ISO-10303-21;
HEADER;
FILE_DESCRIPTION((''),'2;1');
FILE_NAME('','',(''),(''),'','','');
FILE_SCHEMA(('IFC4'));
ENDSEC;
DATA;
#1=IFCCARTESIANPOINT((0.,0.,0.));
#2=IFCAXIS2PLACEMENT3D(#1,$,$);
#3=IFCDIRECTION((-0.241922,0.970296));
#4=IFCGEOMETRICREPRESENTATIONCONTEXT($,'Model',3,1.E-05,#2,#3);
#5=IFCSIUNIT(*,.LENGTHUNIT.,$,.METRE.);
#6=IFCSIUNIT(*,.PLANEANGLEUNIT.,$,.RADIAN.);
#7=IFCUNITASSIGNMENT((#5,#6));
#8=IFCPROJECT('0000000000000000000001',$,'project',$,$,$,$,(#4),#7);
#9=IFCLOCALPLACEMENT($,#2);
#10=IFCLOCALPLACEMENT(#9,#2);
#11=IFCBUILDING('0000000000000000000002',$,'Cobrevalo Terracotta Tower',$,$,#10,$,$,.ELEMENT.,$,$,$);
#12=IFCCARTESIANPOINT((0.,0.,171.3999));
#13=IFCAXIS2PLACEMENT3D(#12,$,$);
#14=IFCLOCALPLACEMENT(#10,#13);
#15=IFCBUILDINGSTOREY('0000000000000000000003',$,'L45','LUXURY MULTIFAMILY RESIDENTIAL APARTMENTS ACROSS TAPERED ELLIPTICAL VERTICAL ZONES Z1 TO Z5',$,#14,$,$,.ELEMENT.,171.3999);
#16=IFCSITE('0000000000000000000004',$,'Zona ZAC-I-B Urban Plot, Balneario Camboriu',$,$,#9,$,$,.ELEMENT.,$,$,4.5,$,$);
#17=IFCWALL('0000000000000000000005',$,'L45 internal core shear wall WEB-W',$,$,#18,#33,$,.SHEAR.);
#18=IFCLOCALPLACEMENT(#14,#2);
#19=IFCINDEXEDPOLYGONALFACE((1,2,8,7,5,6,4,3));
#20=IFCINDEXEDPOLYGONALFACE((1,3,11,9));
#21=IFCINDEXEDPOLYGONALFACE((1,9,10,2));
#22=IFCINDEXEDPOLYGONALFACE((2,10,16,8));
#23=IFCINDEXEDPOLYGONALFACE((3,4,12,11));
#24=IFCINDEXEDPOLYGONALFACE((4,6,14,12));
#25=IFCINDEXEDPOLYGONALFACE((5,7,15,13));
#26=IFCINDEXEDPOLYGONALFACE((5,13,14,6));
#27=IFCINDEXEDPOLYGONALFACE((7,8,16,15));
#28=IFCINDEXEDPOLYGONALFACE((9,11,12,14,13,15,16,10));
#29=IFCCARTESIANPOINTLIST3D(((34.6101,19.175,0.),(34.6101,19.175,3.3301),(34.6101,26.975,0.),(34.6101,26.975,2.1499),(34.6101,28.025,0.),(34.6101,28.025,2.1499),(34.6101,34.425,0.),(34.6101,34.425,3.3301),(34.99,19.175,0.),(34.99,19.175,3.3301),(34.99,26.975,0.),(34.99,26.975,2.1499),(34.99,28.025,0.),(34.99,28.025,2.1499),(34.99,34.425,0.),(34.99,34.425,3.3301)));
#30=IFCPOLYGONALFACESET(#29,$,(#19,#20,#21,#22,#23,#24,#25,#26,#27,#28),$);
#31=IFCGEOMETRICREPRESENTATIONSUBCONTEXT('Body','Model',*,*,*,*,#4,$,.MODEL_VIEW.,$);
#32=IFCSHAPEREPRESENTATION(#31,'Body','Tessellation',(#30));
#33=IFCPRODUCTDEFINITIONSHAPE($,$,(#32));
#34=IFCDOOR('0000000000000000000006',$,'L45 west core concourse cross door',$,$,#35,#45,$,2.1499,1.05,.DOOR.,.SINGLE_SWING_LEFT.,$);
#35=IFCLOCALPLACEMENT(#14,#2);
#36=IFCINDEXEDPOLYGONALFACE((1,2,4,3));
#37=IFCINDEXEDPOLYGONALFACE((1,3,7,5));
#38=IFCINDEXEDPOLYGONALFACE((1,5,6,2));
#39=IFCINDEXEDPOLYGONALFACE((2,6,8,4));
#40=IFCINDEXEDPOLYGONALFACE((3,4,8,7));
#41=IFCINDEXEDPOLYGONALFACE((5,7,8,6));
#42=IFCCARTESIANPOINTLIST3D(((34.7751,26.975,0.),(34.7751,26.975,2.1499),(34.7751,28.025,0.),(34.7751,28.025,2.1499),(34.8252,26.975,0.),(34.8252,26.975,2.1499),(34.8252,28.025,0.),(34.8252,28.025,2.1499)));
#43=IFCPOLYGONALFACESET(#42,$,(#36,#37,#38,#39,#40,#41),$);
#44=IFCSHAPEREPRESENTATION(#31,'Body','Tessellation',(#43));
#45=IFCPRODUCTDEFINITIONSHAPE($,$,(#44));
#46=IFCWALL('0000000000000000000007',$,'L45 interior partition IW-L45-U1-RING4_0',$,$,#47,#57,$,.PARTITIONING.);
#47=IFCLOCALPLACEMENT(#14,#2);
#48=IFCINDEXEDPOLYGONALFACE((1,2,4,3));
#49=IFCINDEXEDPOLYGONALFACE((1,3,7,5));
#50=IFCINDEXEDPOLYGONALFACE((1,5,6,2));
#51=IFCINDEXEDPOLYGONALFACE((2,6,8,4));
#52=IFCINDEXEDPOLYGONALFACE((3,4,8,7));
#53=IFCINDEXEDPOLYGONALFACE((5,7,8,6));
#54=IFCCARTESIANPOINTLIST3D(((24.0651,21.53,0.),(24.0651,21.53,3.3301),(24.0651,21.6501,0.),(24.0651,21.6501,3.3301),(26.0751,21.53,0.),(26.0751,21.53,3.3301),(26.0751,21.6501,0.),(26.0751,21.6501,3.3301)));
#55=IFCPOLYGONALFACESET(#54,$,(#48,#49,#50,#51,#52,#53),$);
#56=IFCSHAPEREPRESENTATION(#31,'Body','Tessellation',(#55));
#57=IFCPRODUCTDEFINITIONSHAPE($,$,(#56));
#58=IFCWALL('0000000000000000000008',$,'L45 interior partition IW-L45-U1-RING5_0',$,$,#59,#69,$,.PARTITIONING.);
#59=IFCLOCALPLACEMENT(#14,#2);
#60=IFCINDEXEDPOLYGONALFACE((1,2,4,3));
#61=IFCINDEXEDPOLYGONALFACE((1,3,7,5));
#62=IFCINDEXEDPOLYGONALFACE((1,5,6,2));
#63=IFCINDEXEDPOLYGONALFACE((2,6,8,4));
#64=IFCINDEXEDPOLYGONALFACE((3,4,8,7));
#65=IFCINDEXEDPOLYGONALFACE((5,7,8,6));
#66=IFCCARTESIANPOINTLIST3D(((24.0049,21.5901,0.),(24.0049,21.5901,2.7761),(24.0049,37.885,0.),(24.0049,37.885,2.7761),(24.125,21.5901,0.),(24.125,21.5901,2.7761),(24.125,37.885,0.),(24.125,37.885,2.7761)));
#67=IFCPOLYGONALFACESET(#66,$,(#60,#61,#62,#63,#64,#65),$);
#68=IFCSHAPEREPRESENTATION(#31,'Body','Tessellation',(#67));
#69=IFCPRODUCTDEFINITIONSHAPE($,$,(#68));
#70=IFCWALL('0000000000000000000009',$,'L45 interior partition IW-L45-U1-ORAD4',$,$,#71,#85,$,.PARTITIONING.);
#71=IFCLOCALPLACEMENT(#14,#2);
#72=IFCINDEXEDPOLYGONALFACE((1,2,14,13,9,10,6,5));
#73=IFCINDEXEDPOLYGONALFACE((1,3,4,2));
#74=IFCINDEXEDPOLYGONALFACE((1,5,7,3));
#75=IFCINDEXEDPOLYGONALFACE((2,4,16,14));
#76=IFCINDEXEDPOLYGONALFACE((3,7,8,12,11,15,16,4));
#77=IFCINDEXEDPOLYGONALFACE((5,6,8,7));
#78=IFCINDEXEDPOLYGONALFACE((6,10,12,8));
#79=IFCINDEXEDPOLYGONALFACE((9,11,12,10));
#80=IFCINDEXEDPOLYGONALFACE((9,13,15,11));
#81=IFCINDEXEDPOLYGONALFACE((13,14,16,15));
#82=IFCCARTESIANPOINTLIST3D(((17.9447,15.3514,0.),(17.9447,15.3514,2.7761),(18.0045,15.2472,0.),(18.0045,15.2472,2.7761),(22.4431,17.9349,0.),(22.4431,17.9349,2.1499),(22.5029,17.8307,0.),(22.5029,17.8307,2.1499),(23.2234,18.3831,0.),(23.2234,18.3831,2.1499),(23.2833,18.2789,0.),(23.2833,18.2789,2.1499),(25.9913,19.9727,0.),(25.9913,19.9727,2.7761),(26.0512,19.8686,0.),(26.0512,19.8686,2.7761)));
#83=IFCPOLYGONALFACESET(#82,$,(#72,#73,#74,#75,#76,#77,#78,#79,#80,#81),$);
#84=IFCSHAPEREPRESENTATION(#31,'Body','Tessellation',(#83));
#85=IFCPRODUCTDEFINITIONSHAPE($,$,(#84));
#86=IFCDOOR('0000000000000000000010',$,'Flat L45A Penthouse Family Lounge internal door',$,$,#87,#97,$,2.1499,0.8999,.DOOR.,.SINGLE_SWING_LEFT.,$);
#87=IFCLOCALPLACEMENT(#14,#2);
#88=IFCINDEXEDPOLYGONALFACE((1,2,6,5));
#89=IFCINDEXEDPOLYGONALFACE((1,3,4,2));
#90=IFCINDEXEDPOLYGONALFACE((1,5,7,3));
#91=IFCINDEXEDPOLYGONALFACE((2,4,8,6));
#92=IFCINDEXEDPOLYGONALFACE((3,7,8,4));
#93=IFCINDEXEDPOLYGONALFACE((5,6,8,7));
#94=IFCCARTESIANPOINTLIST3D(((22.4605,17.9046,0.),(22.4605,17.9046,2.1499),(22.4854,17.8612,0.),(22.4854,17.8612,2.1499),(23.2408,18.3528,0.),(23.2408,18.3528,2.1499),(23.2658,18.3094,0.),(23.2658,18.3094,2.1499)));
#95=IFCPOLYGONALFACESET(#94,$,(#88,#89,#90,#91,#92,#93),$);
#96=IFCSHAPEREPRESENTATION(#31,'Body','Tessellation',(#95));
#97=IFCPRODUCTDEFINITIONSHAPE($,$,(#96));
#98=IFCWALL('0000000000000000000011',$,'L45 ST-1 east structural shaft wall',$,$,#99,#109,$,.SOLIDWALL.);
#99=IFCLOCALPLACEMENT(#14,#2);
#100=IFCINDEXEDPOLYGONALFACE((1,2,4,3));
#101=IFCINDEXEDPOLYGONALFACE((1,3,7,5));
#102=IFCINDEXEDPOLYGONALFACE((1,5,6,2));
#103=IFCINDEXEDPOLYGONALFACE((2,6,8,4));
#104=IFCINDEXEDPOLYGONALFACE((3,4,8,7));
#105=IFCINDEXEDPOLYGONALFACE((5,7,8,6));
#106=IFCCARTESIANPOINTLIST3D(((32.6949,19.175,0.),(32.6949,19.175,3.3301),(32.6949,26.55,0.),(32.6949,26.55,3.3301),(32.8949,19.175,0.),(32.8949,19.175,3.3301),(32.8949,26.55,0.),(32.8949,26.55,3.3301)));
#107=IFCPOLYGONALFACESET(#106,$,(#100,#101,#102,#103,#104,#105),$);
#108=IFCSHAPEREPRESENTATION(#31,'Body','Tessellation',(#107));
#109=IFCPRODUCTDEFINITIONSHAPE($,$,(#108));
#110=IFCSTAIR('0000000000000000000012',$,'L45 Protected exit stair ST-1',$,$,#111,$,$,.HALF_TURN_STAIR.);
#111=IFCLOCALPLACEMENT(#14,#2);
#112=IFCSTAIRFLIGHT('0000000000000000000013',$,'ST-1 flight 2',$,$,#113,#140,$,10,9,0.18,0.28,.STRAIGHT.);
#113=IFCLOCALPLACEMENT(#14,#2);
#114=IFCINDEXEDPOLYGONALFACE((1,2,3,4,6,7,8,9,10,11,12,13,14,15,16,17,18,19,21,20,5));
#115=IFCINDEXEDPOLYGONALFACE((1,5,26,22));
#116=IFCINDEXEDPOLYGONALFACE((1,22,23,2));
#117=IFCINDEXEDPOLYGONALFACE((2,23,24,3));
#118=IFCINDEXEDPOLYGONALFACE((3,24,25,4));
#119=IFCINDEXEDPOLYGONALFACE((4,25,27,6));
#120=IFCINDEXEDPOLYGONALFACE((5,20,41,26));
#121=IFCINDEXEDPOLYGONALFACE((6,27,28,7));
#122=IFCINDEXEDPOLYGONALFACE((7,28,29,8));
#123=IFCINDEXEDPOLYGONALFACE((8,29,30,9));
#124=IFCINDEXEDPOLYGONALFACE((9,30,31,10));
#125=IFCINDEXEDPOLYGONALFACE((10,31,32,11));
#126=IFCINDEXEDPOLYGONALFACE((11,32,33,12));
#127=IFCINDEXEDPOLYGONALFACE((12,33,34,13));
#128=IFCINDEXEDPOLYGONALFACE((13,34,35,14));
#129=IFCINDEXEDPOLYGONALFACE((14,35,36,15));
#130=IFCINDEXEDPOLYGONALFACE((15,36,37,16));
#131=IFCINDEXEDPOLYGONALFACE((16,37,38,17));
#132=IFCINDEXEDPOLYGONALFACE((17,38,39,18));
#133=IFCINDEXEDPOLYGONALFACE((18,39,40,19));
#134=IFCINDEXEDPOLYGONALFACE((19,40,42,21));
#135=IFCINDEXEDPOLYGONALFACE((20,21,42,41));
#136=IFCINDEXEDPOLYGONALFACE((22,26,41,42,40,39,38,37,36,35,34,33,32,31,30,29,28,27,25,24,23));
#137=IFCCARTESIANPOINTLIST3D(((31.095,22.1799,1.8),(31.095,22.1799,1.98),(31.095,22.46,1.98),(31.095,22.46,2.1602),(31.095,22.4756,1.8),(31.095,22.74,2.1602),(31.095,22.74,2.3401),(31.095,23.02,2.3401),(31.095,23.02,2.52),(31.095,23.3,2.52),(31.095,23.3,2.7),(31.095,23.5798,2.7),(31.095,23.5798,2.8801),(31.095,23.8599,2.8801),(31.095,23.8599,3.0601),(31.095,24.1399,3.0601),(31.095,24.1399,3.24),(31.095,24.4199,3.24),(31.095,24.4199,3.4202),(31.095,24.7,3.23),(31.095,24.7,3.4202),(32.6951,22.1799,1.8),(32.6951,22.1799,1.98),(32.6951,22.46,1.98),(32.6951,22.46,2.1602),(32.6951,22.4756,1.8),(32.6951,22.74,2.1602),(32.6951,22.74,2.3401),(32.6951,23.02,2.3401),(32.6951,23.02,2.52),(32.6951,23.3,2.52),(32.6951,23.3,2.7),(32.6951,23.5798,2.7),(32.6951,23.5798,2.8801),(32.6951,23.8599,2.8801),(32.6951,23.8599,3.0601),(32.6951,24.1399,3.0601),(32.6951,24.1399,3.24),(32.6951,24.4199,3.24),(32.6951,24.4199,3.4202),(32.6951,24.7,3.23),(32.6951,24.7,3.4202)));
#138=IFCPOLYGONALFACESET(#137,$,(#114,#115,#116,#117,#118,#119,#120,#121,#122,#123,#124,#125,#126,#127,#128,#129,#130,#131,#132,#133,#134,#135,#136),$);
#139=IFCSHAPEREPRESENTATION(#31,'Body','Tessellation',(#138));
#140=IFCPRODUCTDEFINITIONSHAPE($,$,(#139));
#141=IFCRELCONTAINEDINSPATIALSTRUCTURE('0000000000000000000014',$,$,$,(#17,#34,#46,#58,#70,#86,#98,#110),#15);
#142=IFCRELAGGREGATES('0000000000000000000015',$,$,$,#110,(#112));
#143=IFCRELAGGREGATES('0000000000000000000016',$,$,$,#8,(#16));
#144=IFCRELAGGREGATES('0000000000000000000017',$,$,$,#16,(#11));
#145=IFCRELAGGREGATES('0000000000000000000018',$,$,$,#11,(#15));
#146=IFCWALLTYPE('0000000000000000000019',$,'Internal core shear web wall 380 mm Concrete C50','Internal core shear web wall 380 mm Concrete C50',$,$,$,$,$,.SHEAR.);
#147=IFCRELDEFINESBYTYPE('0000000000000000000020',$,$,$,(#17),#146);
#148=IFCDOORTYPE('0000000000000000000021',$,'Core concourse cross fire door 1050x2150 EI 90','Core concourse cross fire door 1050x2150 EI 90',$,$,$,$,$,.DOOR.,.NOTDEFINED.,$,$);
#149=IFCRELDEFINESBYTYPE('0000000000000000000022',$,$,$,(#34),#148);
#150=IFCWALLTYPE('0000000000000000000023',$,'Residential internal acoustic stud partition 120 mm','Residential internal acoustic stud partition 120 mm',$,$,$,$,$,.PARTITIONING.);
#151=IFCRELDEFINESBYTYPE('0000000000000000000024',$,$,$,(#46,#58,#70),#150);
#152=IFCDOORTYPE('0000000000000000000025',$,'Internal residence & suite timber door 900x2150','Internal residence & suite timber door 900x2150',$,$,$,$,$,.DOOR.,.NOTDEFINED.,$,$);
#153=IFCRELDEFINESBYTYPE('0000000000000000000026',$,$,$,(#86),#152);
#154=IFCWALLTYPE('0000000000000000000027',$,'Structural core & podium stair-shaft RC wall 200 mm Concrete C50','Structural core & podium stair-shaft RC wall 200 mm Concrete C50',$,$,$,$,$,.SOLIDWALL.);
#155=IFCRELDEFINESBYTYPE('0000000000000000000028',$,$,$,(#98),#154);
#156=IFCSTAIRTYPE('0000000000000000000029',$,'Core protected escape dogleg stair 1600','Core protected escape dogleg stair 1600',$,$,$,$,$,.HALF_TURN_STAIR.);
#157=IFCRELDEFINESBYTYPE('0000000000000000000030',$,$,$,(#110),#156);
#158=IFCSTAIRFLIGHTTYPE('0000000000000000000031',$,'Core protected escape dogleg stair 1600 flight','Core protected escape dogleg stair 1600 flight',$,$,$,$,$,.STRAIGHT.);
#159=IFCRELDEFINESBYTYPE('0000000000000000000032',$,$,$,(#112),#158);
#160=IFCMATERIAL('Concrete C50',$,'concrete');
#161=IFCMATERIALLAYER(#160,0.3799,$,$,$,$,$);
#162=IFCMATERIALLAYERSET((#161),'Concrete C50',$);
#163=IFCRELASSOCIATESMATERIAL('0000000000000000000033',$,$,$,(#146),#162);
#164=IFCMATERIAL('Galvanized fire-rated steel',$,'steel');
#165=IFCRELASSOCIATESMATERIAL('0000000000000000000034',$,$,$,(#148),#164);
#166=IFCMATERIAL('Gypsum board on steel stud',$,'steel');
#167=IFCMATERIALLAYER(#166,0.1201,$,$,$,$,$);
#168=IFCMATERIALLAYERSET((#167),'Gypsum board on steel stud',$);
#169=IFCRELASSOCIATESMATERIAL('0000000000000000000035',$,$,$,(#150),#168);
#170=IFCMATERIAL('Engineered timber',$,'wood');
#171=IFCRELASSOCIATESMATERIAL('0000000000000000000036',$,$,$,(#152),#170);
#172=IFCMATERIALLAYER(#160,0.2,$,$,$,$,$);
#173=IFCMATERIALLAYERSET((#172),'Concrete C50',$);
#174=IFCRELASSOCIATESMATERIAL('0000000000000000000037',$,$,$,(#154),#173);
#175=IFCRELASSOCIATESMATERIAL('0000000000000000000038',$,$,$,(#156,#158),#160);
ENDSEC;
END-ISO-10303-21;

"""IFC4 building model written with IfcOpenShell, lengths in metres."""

from ifc_helpers import new_model, si_unit, direction, frame, frame_2d, origin, place, context, subcontext, project, spatial, polyline, rectangle, outline, extrude, source, transform, mapped, material, layer, layer_set, type_object, element, fill, aggregate, save


model = new_model("IFC4")

# Units and contexts
model_context = context("Model", 3, precision=1e-05, world=origin(), true_north=direction((-0.241922, 0.970296)))
body_context = subcontext(model_context, "Body", "Model", "MODEL_VIEW")
ifc_project = project(units=[si_unit("LENGTHUNIT", "METRE"), si_unit("PLANEANGLEUNIT", "RADIAN")], contexts=[model_context])

# Site, building, storey
site_placement = place(None, origin())
site = spatial("IfcSite", under=ifc_project, at=site_placement, Name="Zona ZAC-I-B Urban Plot, Balneario Camboriu", CompositionType="ELEMENT", RefElevation=4.5)
building_placement = place(site_placement, origin())
building = spatial("IfcBuilding", under=site, at=building_placement, Name="Cobrevalo Terracotta Tower", CompositionType="ELEMENT")
storey_placement = place(building_placement, frame((0.0, 0.0, 171.3999)))
storey = spatial("IfcBuildingStorey", under=building, at=storey_placement, Name="L45", Description="LUXURY MULTIFAMILY RESIDENTIAL APARTMENTS ACROSS TAPERED ELLIPTICAL VERTICAL ZONES Z1 TO Z5", CompositionType="ELEMENT", Elevation=171.3999)

# Wall, opening, door
ifc_material_1 = material(Name="Galvanized fire-rated steel", Category="steel")
ifc_material_2 = material(Name="Concrete C50", Category="concrete")
ifc_layer_1 = layer(ifc_material_2, 0.3799)
ifc_layer_set_1 = layer_set([ifc_layer_1], Name="Concrete C50")
wall_type_1 = type_object("IfcWallType", Name="Internal core shear web wall 380 mm Concrete C50", Description="Internal core shear web wall 380 mm Concrete C50", PredefinedType="SHEAR", material=ifc_layer_set_1)
wall_1_placement = place(storey_placement, frame((34.8, 19.175, 0.0), z_axis=(0.0, 0.0, 1.0), x_axis=(0.0, 1.0, 0.0)))
wall_1 = element("IfcWall", 1, at=wall_1_placement, inside=storey, type_object=wall_type_1, Name="L45 internal core shear wall WEB-W", PredefinedType="SHEAR", context=body_context, shape_type="SweptSolid", body=[
    extrude(rectangle(XDim=15.25, YDim=0.3799, at=frame_2d((7.625, 0.0))), origin(), (0.0, 0.0, 1.0), 3.3301),
])
opening_1_placement = place(wall_1_placement, frame((7.8, 0.0, 0.0)))
opening_1 = element("IfcOpeningElement", 2, at=opening_1_placement, cuts=wall_1, PredefinedType="OPENING", context=body_context, shape_type="SweptSolid", body=[
    extrude(rectangle(XDim=1.05, YDim=2.1499, at=frame_2d((0.5249, 1.075))), frame((0.0, 0.2, 0.0), z_axis=(0.0, -1.0, 0.0), x_axis=(1.0, 0.0, 0.0)), (0.0, 0.0, 1.0), 0.3999),
])
door_type_1 = type_object("IfcDoorType", Name="Core concourse cross fire door 1050x2150 EI 90", Description="Core concourse cross fire door 1050x2150 EI 90", OperationType="NOTDEFINED", PredefinedType="DOOR", material=ifc_material_1)
shared_shape_1 = source(origin(), body_context, "Body", "SweptSolid", [
    extrude(rectangle(XDim=1.05, YDim=2.1499, at=frame_2d((0.5249, 1.075))), frame((0.0, 0.0249, 0.0), z_axis=(0.0, -1.0, 0.0), x_axis=(1.0, 0.0, 0.0)), (0.0, 0.0, 1.0), 0.05),
])
door_1_placement = place(opening_1_placement, origin())
door_1 = element("IfcDoor", 3, at=door_1_placement, inside=storey, type_object=door_type_1, Name="L45 west core concourse cross door", OperationType="SINGLE_SWING_LEFT", OverallHeight=2.1499, OverallWidth=1.05, PredefinedType="DOOR", context=body_context, shape_type="MappedRepresentation", body=[
    mapped(shared_shape_1, transform((0.0, 0.0, 0.0), scale=1.0)),
])
fill(opening_1, door_1)

# Walls
ifc_material_3 = material(Name="Gypsum board on steel stud", Category="steel")
ifc_layer_2 = layer(ifc_material_3, 0.1201)
ifc_layer_set_2 = layer_set([ifc_layer_2], Name="Gypsum board on steel stud")
wall_type_2 = type_object("IfcWallType", Name="Residential internal acoustic stud partition 120 mm", Description="Residential internal acoustic stud partition 120 mm", PredefinedType="PARTITIONING", material=ifc_layer_set_2)
wall_2_placement = place(storey_placement, frame((26.075, 21.5901, 0.0), z_axis=(0.0, 0.0, 1.0), x_axis=(-1.0, 0.0, 0.0)))
element("IfcWall", 4, at=wall_2_placement, inside=storey, type_object=wall_type_2, Name="L45 interior partition IW-L45-U1-RING4_0", PredefinedType="PARTITIONING", context=body_context, shape_type="SweptSolid", body=[
    extrude(rectangle(XDim=2.01, YDim=0.1201, at=frame_2d((1.0049, 0.0))), origin(), (0.0, 0.0, 1.0), 3.3301),
])
wall_3_placement = place(storey_placement, frame((24.0649, 21.5901, 0.0), z_axis=(0.0, 0.0, 1.0), x_axis=(0.0, 1.0, 0.0)))
element("IfcWall", 5, at=wall_3_placement, inside=storey, type_object=wall_type_2, Name="L45 interior partition IW-L45-U1-RING5_0", PredefinedType="PARTITIONING", context=body_context, shape_type="SweptSolid", body=[
    extrude(rectangle(XDim=16.2949, YDim=0.1201, at=frame_2d((8.1475, 0.0))), origin(), (0.0, 0.0, 1.0), 2.7761),
])

# Wall, opening, door
wall_4_placement = place(storey_placement, frame((26.0212, 19.9207, 0.0), z_axis=(0.0, 0.0, 1.0), x_axis=(-0.867161, -0.498028, 0.0)))
wall_4 = element("IfcWall", 6, at=wall_4_placement, inside=storey, type_object=wall_type_2, Name="L45 interior partition IW-L45-U1-ORAD4", PredefinedType="PARTITIONING", context=body_context, shape_type="SweptSolid", body=[
    extrude(rectangle(XDim=9.2793, YDim=0.1201, at=frame_2d((4.6396, 0.0))), origin(), (0.0, 0.0, 1.0), 2.7761),
])
opening_2_placement = place(wall_4_placement, frame((3.1919, 0.0, 0.0)))
opening_2 = element("IfcOpeningElement", 7, at=opening_2_placement, cuts=wall_4, PredefinedType="OPENING", context=body_context, shape_type="SweptSolid", body=[
    extrude(rectangle(XDim=0.8999, YDim=2.1499, at=frame_2d((0.45, 1.075))), frame((0.0, 0.0701, 0.0), z_axis=(0.0, -1.0, 0.0), x_axis=(1.0, 0.0, 0.0)), (0.0, 0.0, 1.0), 0.1401),
])
ifc_material_4 = material(Name="Engineered timber", Category="wood")
door_type_2 = type_object("IfcDoorType", Name="Internal residence & suite timber door 900x2150", Description="Internal residence & suite timber door 900x2150", OperationType="NOTDEFINED", PredefinedType="DOOR", material=ifc_material_4)
shared_shape_2 = source(origin(), body_context, "Body", "SweptSolid", [
    extrude(rectangle(XDim=0.8999, YDim=2.1499, at=frame_2d((0.45, 1.075))), frame((0.0, 0.0249, 0.0), z_axis=(0.0, -1.0, 0.0), x_axis=(1.0, 0.0, 0.0)), (0.0, 0.0, 1.0), 0.05),
])
door_2_placement = place(opening_2_placement, origin())
door_2 = element("IfcDoor", 8, at=door_2_placement, inside=storey, type_object=door_type_2, Name="Flat L45A Penthouse Family Lounge internal door", OperationType="SINGLE_SWING_LEFT", OverallHeight=2.1499, OverallWidth=0.8999, PredefinedType="DOOR", context=body_context, shape_type="MappedRepresentation", body=[
    mapped(shared_shape_2, transform((0.0, 0.0, 0.0), scale=1.0)),
])
fill(opening_2, door_2)

# Wall
ifc_layer_3 = layer(ifc_material_2, 0.2)
ifc_layer_set_3 = layer_set([ifc_layer_3], Name="Concrete C50")
wall_type_3 = type_object("IfcWallType", Name="Structural core & podium stair-shaft RC wall 200 mm Concrete C50", Description="Structural core & podium stair-shaft RC wall 200 mm Concrete C50", PredefinedType="SOLIDWALL", material=ifc_layer_set_3)
wall_5_placement = place(storey_placement, frame((32.7949, 19.175, 0.0), z_axis=(0.0, 0.0, 1.0), x_axis=(0.0, 1.0, 0.0)))
element("IfcWall", 9, at=wall_5_placement, inside=storey, type_object=wall_type_3, Name="L45 ST-1 east structural shaft wall", PredefinedType="SOLIDWALL", context=body_context, shape_type="SweptSolid", body=[
    extrude(rectangle(XDim=7.375, YDim=0.2, at=frame_2d((3.6875, 0.0))), origin(), (0.0, 0.0, 1.0), 3.3301),
])

# Stair, stair flight
stair_type = type_object("IfcStairType", Name="Core protected escape dogleg stair 1600", Description="Core protected escape dogleg stair 1600", PredefinedType="HALF_TURN_STAIR", material=ifc_material_2)
stair_placement = place(storey_placement, origin())
stair = element("IfcStair", 10, at=stair_placement, inside=storey, type_object=stair_type, Name="L45 Protected exit stair ST-1", PredefinedType="HALF_TURN_STAIR")
stair_flight_type = type_object("IfcStairFlightType", Name="Core protected escape dogleg stair 1600 flight", Description="Core protected escape dogleg stair 1600 flight", PredefinedType="STRAIGHT", material=ifc_material_2)
stair_flight_placement = place(storey_placement, frame((31.895, 22.1799, 1.8), z_axis=(0.0, 0.0, 1.0), x_axis=(0.0, 1.0, 0.0)))
stair_flight = element("IfcStairFlight", 11, at=stair_flight_placement, type_object=stair_flight_type, Name="ST-1 flight 2", NumberOfRisers=10, NumberOfTreads=9, PredefinedType="STRAIGHT", RiserHeight=0.18, TreadLength=0.28, context=body_context, shape_type="SweptSolid", body=[
    extrude(outline(polyline([(0.0, 0.0), (0.0, 0.1799), (0.28, 0.1799), (0.28, 0.3601), (0.5601, 0.3601), (0.5601, 0.54), (0.8401, 0.54), (0.8401, 0.72), (1.1201, 0.72), (1.1201, 0.8999), (1.3999, 0.8999), (1.3999, 1.0801), (1.6799, 1.0801), (1.6799, 1.26), (1.96, 1.26), (1.96, 1.4399), (2.24, 1.4399), (2.24, 1.6201), (2.52, 1.6201), (2.52, 1.8), (2.52, 1.4299), (0.2957, 0.0), (0.0, 0.0)])), frame((0.0, 0.8, 0.0), z_axis=(0.0, -1.0, 0.0), x_axis=(1.0, 0.0, 0.0)), (0.0, 0.0, 1.0), 1.6001),
])
aggregate(stair, [stair_flight])

save(model, "model.ifc")
